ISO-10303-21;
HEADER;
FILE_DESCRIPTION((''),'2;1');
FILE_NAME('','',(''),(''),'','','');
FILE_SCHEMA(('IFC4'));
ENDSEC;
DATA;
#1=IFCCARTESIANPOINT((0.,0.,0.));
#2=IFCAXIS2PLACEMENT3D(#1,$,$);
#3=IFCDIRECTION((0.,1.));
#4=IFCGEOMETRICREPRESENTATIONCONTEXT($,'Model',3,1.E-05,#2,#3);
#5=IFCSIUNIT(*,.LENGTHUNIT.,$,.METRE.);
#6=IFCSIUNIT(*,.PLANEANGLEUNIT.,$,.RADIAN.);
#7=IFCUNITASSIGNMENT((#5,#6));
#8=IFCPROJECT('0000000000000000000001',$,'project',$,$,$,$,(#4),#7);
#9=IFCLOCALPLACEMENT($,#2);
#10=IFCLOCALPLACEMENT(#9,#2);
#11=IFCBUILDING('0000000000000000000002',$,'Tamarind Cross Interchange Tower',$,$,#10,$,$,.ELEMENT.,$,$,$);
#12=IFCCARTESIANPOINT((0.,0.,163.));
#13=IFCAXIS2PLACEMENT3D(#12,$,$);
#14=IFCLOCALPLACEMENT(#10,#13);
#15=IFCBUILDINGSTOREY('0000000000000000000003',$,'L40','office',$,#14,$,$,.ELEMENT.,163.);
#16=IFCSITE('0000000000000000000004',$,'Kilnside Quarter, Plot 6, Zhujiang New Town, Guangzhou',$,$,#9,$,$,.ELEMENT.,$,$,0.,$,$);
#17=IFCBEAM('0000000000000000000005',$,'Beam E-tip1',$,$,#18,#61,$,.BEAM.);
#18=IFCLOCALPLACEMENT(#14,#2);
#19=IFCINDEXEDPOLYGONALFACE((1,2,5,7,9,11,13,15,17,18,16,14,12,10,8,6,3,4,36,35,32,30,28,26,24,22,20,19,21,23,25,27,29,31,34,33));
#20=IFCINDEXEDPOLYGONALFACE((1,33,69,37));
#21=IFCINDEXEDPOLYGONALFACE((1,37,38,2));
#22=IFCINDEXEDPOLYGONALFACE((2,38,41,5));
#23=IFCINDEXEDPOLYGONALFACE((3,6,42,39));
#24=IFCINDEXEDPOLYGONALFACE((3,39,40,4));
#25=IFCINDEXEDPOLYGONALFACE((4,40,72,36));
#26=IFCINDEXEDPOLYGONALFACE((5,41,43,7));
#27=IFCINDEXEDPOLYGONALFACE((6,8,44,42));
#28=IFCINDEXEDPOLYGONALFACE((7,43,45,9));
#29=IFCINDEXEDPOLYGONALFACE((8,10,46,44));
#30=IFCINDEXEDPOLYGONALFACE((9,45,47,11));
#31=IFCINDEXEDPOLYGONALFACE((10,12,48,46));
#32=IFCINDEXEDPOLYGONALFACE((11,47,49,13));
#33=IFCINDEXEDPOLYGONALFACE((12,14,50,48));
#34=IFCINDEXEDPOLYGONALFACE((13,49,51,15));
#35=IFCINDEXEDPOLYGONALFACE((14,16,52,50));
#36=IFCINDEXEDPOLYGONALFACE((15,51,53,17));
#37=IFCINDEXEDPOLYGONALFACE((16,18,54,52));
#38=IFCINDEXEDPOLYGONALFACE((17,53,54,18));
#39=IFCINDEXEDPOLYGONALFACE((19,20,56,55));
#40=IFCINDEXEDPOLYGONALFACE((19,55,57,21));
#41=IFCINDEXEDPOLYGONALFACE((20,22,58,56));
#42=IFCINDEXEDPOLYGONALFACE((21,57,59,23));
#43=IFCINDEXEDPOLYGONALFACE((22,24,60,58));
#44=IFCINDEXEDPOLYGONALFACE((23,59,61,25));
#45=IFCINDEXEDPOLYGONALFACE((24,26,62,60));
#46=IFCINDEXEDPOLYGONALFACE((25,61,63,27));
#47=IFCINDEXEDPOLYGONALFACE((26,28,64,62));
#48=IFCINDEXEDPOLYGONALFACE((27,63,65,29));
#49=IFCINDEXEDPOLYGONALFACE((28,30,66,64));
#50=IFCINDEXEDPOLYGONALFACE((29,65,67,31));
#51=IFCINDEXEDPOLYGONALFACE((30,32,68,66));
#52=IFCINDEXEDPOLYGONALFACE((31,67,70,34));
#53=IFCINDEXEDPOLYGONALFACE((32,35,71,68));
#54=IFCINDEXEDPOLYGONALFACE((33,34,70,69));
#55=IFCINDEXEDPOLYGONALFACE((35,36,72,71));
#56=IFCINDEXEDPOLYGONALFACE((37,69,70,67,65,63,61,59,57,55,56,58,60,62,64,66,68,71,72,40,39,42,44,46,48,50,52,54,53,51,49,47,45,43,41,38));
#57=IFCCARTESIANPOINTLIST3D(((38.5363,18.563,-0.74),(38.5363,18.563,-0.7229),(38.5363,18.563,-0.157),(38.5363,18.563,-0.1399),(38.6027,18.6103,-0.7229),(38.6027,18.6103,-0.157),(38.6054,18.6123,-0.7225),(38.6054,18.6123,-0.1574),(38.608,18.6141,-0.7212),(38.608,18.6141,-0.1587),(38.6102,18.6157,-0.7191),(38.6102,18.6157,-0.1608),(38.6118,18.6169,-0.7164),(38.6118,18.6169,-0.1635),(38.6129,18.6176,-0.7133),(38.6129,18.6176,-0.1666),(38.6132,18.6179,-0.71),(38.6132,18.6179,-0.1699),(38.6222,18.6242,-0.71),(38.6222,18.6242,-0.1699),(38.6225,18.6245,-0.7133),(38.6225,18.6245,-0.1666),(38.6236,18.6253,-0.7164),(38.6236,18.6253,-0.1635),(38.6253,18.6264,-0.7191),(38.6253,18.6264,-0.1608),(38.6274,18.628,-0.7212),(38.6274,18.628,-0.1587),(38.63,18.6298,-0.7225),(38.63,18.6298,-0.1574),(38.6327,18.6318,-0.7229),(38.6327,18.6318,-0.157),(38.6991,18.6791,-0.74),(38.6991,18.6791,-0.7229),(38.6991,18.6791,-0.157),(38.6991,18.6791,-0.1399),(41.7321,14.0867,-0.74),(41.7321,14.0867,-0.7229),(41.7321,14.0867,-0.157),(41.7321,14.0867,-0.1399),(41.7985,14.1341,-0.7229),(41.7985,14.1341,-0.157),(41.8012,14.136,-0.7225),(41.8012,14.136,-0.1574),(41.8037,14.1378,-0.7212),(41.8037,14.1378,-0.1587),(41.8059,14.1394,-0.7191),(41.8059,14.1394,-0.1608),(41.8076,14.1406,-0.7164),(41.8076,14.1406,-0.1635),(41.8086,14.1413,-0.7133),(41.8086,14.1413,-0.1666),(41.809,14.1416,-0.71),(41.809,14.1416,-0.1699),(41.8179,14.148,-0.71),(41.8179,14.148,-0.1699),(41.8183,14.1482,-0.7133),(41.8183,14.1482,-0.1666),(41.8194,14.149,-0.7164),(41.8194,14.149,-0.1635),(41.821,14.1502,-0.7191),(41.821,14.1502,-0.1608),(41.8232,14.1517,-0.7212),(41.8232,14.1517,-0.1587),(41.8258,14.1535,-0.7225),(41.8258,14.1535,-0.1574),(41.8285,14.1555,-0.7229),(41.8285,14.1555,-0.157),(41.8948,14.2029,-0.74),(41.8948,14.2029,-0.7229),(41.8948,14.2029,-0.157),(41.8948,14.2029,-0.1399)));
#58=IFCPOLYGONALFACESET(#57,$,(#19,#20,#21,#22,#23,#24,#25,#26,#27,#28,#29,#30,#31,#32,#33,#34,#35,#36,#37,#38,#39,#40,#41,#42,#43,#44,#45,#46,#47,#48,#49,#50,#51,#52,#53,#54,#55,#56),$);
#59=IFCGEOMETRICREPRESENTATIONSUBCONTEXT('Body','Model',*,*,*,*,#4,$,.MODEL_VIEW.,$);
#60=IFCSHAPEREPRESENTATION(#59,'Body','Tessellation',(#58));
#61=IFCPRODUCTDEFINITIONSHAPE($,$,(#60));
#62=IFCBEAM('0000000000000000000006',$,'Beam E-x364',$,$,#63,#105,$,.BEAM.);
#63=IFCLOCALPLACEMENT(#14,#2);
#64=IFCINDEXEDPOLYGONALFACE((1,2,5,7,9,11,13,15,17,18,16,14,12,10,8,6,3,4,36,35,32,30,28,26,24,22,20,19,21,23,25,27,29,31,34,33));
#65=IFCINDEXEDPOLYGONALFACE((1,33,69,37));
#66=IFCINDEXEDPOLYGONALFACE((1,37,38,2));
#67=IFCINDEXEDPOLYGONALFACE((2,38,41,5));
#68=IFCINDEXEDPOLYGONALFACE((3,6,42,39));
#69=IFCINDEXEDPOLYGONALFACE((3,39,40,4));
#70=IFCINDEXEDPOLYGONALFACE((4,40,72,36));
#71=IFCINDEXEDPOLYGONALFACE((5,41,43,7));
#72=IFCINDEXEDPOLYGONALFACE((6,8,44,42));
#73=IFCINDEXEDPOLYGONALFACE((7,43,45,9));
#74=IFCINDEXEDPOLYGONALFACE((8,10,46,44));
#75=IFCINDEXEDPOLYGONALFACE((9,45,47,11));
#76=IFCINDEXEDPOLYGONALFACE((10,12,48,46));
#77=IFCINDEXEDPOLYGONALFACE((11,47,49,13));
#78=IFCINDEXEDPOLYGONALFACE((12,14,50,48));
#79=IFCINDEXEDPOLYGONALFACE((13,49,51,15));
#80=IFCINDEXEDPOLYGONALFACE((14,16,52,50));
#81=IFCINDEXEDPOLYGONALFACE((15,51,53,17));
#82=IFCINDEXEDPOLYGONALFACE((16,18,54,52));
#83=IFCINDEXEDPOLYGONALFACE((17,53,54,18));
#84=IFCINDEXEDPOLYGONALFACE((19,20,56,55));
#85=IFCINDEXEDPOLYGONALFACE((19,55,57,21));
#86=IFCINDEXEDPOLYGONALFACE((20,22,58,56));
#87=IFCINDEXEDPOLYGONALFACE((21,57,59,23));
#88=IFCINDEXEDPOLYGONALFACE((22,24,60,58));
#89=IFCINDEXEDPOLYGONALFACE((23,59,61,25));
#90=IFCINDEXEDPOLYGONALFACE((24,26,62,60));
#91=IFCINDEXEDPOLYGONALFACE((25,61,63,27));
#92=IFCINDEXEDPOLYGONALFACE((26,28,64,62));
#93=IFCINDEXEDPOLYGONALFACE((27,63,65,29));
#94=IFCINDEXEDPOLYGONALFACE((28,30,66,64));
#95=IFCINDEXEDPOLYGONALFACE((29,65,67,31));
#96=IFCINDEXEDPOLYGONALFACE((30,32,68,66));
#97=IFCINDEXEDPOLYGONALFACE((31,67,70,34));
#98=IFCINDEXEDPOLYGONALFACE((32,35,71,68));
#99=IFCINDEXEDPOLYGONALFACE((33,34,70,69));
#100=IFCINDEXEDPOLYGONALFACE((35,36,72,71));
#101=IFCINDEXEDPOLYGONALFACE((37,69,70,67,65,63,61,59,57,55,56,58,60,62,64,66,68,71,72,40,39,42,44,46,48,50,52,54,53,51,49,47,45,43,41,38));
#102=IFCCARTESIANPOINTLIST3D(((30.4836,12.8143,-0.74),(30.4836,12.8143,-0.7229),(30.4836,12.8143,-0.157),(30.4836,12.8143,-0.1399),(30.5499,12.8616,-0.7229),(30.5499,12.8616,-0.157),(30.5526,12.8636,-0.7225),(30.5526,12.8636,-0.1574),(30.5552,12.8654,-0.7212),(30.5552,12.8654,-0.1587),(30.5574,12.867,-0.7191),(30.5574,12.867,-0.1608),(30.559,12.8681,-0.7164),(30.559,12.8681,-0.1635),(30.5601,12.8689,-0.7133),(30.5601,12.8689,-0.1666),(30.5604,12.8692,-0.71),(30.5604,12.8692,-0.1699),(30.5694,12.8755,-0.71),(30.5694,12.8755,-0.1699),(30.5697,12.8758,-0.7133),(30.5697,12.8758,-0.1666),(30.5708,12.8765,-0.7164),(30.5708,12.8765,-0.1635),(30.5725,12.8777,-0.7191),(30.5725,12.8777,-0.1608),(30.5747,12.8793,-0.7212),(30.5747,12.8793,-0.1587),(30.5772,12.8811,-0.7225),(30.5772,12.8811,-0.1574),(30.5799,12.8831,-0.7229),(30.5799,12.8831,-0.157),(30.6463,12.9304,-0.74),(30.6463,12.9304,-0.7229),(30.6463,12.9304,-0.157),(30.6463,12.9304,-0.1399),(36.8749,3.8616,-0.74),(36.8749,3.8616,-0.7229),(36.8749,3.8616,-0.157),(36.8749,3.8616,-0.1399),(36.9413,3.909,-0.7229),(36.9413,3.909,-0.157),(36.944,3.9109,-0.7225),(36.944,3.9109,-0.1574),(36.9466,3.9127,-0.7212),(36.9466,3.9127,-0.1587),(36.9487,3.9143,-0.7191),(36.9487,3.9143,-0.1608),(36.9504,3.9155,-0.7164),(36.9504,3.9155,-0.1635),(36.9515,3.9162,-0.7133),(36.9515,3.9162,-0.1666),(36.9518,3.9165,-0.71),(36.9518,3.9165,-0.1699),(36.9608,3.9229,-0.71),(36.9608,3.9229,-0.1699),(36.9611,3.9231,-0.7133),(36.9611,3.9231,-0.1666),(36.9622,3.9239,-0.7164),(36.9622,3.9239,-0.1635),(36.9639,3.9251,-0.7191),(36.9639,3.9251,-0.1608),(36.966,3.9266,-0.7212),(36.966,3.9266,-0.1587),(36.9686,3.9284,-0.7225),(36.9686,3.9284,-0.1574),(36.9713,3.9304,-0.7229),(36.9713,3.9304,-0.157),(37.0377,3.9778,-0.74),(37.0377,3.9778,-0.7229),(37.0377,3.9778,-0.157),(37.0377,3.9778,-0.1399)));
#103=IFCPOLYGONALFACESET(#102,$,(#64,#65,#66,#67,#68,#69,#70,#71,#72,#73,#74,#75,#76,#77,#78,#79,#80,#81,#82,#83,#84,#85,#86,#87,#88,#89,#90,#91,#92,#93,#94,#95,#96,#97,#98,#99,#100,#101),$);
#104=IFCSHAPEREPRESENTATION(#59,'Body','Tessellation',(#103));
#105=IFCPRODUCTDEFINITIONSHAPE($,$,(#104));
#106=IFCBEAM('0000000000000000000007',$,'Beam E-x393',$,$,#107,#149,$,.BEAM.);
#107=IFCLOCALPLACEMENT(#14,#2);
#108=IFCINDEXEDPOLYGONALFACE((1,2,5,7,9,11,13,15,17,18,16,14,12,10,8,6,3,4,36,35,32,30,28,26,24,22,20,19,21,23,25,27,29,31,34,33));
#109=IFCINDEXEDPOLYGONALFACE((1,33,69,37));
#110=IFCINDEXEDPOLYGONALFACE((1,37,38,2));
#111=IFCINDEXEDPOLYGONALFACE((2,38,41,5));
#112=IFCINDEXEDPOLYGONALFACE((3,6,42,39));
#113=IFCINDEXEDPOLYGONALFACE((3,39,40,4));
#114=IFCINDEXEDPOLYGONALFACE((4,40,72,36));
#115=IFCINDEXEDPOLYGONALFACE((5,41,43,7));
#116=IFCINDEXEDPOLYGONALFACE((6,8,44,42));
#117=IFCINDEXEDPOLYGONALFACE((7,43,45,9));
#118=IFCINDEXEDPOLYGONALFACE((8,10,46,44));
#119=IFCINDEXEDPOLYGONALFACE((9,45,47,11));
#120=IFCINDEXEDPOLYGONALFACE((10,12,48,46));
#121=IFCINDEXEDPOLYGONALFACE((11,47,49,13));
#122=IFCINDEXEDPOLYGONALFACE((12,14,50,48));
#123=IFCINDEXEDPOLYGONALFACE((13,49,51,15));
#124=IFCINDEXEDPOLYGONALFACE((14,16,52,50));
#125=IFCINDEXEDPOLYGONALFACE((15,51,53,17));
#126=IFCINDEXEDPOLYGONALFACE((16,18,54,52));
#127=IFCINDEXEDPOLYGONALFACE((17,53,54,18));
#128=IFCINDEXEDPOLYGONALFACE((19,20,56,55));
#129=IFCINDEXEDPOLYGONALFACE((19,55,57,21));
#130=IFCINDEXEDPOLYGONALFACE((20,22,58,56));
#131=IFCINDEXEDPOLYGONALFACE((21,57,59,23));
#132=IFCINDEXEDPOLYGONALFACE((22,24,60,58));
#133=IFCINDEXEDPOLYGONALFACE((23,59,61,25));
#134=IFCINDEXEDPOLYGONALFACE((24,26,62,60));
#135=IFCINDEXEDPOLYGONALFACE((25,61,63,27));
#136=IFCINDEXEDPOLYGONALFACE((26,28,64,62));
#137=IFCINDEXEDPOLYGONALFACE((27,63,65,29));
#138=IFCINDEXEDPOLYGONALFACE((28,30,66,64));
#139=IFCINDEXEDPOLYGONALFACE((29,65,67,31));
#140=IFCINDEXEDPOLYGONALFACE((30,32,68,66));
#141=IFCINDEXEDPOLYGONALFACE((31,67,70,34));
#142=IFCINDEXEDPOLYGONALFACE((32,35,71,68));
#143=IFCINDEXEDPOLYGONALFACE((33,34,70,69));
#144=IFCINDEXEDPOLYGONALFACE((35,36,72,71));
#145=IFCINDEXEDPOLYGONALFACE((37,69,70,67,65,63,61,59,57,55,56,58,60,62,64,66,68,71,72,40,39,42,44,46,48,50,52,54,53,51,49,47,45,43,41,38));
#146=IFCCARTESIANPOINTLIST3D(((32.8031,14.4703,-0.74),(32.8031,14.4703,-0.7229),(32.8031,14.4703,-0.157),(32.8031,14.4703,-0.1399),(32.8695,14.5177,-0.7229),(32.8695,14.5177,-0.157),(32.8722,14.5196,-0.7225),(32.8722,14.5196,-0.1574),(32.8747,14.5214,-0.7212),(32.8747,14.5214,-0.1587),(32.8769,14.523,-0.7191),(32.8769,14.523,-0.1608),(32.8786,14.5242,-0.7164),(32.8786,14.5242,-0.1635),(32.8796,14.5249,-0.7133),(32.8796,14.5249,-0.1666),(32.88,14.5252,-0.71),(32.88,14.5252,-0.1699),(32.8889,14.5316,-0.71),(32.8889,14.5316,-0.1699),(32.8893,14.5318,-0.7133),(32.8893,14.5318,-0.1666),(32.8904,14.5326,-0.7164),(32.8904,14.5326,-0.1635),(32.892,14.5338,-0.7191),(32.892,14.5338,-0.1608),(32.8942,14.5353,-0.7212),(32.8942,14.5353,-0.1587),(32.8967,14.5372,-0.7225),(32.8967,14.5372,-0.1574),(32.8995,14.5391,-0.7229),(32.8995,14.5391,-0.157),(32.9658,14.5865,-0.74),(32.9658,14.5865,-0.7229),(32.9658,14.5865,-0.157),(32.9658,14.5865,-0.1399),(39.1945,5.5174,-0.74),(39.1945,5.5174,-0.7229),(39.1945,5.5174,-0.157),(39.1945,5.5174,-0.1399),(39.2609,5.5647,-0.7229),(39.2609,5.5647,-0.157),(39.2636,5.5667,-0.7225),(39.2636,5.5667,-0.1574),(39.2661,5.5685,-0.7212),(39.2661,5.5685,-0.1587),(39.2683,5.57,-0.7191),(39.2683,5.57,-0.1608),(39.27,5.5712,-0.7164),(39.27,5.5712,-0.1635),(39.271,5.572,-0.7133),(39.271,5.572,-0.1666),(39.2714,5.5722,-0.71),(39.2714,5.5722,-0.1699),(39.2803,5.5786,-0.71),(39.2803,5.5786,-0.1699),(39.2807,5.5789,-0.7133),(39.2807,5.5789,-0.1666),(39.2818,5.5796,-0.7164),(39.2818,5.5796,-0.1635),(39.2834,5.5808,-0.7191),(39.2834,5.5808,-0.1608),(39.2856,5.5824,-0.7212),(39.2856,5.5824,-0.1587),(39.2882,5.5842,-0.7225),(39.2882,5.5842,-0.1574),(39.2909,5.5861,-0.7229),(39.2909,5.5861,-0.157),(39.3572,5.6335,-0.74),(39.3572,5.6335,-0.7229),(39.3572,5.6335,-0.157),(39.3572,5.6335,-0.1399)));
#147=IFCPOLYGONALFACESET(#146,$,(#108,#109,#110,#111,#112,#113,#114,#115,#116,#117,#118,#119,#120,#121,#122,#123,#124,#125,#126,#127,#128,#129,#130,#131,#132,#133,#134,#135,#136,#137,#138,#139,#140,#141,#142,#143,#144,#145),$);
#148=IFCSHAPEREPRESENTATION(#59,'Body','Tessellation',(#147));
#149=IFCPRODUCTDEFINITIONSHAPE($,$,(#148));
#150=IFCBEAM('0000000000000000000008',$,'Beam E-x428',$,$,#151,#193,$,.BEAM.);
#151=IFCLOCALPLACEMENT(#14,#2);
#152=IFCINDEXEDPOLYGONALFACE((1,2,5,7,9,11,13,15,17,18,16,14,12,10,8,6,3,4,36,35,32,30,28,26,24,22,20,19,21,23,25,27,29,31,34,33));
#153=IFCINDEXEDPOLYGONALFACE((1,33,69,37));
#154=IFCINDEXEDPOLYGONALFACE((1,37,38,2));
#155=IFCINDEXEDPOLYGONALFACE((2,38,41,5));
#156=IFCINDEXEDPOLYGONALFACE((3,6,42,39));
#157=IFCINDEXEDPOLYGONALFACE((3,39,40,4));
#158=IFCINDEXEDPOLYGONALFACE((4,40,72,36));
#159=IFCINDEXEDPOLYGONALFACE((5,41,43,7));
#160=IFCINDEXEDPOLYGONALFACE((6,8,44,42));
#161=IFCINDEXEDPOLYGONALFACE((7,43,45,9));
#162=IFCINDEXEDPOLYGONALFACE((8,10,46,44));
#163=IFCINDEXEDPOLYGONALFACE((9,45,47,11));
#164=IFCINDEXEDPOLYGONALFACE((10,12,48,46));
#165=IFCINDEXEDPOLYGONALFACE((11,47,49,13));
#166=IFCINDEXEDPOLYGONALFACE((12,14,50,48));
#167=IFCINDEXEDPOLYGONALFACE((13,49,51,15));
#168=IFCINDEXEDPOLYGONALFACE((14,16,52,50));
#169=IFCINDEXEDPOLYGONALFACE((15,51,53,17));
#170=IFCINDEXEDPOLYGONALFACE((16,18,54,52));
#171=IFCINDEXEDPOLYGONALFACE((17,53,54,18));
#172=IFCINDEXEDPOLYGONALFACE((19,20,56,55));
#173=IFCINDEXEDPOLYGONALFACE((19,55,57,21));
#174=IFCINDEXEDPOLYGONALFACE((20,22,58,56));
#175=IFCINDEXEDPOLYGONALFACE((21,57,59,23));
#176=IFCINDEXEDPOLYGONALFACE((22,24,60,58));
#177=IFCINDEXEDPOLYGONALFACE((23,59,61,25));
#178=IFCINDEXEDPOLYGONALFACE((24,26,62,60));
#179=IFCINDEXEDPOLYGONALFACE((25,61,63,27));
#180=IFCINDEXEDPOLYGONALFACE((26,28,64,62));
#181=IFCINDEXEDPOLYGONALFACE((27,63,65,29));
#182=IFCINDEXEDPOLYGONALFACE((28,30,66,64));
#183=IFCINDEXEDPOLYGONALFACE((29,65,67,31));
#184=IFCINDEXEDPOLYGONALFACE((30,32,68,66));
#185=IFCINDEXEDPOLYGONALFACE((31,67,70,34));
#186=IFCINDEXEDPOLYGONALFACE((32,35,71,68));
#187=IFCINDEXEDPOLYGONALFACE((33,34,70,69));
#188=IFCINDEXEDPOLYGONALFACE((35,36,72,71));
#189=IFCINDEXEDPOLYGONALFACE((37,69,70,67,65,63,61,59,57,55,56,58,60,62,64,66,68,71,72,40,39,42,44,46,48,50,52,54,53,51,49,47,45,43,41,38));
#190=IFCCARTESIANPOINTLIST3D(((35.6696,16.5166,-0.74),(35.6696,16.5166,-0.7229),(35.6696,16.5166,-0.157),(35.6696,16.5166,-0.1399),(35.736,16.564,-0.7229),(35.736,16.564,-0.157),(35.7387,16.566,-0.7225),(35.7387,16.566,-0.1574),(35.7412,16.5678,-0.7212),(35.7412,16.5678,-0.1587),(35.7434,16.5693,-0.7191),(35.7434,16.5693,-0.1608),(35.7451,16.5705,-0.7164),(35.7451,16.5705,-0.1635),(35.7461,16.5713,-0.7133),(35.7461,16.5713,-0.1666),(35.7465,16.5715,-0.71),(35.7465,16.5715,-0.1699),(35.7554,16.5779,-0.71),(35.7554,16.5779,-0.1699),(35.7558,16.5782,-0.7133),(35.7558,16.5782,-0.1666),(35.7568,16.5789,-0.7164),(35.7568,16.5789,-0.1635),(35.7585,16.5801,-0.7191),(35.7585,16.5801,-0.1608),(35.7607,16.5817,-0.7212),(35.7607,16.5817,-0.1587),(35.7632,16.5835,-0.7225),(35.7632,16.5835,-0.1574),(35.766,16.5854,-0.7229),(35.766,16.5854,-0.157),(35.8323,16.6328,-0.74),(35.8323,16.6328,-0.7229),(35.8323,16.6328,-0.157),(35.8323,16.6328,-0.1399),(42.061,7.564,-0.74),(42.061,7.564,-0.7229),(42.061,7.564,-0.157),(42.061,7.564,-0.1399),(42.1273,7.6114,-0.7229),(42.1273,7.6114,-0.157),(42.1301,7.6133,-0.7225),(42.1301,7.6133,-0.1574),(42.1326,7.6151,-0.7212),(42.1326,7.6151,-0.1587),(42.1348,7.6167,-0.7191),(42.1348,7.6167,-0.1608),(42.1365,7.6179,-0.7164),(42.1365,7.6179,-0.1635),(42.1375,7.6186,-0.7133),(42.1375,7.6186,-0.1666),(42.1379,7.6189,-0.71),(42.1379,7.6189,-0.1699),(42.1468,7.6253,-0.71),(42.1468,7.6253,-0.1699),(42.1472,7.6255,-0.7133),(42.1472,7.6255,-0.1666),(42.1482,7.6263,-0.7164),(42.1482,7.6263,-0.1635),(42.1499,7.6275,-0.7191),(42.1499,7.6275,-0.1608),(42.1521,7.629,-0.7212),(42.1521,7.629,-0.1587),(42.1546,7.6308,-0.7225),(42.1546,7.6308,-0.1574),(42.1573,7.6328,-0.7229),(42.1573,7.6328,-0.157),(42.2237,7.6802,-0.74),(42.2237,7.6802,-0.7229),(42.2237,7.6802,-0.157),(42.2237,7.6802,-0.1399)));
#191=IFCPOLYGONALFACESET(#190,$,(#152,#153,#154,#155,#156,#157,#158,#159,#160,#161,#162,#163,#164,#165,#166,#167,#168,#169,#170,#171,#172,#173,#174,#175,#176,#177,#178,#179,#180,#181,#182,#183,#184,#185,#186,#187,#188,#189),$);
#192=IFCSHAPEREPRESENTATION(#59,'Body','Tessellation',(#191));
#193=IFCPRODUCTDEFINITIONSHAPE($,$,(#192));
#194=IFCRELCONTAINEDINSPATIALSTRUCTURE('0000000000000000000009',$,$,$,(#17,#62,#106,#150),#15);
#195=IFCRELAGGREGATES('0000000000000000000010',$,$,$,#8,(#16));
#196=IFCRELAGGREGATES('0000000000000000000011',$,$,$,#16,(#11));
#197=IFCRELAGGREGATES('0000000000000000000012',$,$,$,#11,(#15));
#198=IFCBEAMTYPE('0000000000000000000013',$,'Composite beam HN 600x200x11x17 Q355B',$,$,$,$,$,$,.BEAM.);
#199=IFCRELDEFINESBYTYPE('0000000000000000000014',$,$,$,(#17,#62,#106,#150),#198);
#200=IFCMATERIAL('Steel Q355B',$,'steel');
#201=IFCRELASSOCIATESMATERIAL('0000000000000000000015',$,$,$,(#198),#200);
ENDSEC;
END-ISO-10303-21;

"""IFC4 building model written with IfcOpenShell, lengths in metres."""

from ifc_helpers import new_model, si_unit, direction, frame, origin, origin_2d, place, context, subcontext, project, spatial, i_section, extrude, material, material_profile, profile_set, type_object, element, save


model = new_model("IFC4")

# Units and contexts
model_context = context("Model", 3, precision=1e-05, world=origin(), true_north=direction((0.0, 1.0)))
body_context = subcontext(model_context, "Body", "Model", "MODEL_VIEW")
ifc_project = project(units=[si_unit("LENGTHUNIT", "METRE"), si_unit("PLANEANGLEUNIT", "RADIAN")], contexts=[model_context])

# Site, building, storey
site_placement = place(None, origin())
site = spatial("IfcSite", under=ifc_project, at=site_placement, Name="Kilnside Quarter, Plot 6, Zhujiang New Town, Guangzhou", CompositionType="ELEMENT", RefElevation=0.0)
building_placement = place(site_placement, origin())
building = spatial("IfcBuilding", under=site, at=building_placement, Name="Tamarind Cross Interchange Tower", CompositionType="ELEMENT")
storey_placement = place(building_placement, frame((0.0, 0.0, 163.0)))
storey = spatial("IfcBuildingStorey", under=building, at=storey_placement, Name="L40", Description="office", CompositionType="ELEMENT", Elevation=163.0)

# Beams
ifc_material_1 = material(Name="Steel Q355B", Category="steel")
ifc_material_profile_1 = material_profile(ifc_material_1, i_section(OverallWidth=0.2, OverallDepth=0.6001, WebThickness=0.011, FlangeThickness=0.0171, FilletRadius=0.0129, at=origin_2d()), Name="HN 600x200x11x17")
ifc_profile_set_1 = profile_set([ifc_material_profile_1], Name="Steel Q355B")
beam_type_1 = type_object("IfcBeamType", Name="Composite beam HN 600x200x11x17 Q355B", PredefinedType="BEAM", material=ifc_profile_set_1)
for number, where, z_axis, x_axis, name in (
    (1, (41.8135, 14.1448, -0.4399), (-0.581049, 0.813868, 0.0), (-0.813868, -0.581049, 0.0), "Beam E-tip1"),
):
    element("IfcBeam", number, at=place(storey_placement, frame(where, z_axis=z_axis, x_axis=x_axis)), inside=storey, type_object=beam_type_1, Name=name, PredefinedType="BEAM", context=body_context, shape_type="SweptSolid", body=[
        extrude(i_section(OverallWidth=0.2, OverallDepth=0.6001, WebThickness=0.011, FlangeThickness=0.0171, FilletRadius=0.0129, at=origin_2d()), origin(), (0.0, 0.0, 1.0), 5.5),
    ])
beam_1_placement = place(storey_placement, frame((36.9563, 3.9197, -0.4399), z_axis=(-0.581035, 0.813879, 0.0), x_axis=(-0.813879, -0.581035, 0.0)))
element("IfcBeam", 2, at=beam_1_placement, inside=storey, type_object=beam_type_1, Name="Beam E-x364", PredefinedType="BEAM", context=body_context, shape_type="SweptSolid", body=[
    extrude(i_section(OverallWidth=0.2, OverallDepth=0.6001, WebThickness=0.011, FlangeThickness=0.0171, FilletRadius=0.0129, at=origin_2d()), origin(), (0.0, 0.0, 1.0), 11.0),
])
beam_2_placement = place(storey_placement, frame((39.2759, 5.5754, -0.4399), z_axis=(-0.581024, 0.813886, 0.0), x_axis=(-0.813886, -0.581024, 0.0)))
element("IfcBeam", 3, at=beam_2_placement, inside=storey, type_object=beam_type_1, Name="Beam E-x393", PredefinedType="BEAM", context=body_context, shape_type="SweptSolid", body=[
    extrude(i_section(OverallWidth=0.2, OverallDepth=0.6001, WebThickness=0.011, FlangeThickness=0.0171, FilletRadius=0.0129, at=origin_2d()), origin(), (0.0, 0.0, 1.0), 11.0002),
])
beam_3_placement = place(storey_placement, frame((42.1423, 7.6221, -0.4399), z_axis=(-0.581035, 0.813879, 0.0), x_axis=(-0.813879, -0.581035, 0.0)))
element("IfcBeam", 4, at=beam_3_placement, inside=storey, type_object=beam_type_1, Name="Beam E-x428", PredefinedType="BEAM", context=body_context, shape_type="SweptSolid", body=[
    extrude(i_section(OverallWidth=0.2, OverallDepth=0.6001, WebThickness=0.011, FlangeThickness=0.0171, FilletRadius=0.0129, at=origin_2d()), origin(), (0.0, 0.0, 1.0), 11.0),
])

save(model, "model.ifc")
